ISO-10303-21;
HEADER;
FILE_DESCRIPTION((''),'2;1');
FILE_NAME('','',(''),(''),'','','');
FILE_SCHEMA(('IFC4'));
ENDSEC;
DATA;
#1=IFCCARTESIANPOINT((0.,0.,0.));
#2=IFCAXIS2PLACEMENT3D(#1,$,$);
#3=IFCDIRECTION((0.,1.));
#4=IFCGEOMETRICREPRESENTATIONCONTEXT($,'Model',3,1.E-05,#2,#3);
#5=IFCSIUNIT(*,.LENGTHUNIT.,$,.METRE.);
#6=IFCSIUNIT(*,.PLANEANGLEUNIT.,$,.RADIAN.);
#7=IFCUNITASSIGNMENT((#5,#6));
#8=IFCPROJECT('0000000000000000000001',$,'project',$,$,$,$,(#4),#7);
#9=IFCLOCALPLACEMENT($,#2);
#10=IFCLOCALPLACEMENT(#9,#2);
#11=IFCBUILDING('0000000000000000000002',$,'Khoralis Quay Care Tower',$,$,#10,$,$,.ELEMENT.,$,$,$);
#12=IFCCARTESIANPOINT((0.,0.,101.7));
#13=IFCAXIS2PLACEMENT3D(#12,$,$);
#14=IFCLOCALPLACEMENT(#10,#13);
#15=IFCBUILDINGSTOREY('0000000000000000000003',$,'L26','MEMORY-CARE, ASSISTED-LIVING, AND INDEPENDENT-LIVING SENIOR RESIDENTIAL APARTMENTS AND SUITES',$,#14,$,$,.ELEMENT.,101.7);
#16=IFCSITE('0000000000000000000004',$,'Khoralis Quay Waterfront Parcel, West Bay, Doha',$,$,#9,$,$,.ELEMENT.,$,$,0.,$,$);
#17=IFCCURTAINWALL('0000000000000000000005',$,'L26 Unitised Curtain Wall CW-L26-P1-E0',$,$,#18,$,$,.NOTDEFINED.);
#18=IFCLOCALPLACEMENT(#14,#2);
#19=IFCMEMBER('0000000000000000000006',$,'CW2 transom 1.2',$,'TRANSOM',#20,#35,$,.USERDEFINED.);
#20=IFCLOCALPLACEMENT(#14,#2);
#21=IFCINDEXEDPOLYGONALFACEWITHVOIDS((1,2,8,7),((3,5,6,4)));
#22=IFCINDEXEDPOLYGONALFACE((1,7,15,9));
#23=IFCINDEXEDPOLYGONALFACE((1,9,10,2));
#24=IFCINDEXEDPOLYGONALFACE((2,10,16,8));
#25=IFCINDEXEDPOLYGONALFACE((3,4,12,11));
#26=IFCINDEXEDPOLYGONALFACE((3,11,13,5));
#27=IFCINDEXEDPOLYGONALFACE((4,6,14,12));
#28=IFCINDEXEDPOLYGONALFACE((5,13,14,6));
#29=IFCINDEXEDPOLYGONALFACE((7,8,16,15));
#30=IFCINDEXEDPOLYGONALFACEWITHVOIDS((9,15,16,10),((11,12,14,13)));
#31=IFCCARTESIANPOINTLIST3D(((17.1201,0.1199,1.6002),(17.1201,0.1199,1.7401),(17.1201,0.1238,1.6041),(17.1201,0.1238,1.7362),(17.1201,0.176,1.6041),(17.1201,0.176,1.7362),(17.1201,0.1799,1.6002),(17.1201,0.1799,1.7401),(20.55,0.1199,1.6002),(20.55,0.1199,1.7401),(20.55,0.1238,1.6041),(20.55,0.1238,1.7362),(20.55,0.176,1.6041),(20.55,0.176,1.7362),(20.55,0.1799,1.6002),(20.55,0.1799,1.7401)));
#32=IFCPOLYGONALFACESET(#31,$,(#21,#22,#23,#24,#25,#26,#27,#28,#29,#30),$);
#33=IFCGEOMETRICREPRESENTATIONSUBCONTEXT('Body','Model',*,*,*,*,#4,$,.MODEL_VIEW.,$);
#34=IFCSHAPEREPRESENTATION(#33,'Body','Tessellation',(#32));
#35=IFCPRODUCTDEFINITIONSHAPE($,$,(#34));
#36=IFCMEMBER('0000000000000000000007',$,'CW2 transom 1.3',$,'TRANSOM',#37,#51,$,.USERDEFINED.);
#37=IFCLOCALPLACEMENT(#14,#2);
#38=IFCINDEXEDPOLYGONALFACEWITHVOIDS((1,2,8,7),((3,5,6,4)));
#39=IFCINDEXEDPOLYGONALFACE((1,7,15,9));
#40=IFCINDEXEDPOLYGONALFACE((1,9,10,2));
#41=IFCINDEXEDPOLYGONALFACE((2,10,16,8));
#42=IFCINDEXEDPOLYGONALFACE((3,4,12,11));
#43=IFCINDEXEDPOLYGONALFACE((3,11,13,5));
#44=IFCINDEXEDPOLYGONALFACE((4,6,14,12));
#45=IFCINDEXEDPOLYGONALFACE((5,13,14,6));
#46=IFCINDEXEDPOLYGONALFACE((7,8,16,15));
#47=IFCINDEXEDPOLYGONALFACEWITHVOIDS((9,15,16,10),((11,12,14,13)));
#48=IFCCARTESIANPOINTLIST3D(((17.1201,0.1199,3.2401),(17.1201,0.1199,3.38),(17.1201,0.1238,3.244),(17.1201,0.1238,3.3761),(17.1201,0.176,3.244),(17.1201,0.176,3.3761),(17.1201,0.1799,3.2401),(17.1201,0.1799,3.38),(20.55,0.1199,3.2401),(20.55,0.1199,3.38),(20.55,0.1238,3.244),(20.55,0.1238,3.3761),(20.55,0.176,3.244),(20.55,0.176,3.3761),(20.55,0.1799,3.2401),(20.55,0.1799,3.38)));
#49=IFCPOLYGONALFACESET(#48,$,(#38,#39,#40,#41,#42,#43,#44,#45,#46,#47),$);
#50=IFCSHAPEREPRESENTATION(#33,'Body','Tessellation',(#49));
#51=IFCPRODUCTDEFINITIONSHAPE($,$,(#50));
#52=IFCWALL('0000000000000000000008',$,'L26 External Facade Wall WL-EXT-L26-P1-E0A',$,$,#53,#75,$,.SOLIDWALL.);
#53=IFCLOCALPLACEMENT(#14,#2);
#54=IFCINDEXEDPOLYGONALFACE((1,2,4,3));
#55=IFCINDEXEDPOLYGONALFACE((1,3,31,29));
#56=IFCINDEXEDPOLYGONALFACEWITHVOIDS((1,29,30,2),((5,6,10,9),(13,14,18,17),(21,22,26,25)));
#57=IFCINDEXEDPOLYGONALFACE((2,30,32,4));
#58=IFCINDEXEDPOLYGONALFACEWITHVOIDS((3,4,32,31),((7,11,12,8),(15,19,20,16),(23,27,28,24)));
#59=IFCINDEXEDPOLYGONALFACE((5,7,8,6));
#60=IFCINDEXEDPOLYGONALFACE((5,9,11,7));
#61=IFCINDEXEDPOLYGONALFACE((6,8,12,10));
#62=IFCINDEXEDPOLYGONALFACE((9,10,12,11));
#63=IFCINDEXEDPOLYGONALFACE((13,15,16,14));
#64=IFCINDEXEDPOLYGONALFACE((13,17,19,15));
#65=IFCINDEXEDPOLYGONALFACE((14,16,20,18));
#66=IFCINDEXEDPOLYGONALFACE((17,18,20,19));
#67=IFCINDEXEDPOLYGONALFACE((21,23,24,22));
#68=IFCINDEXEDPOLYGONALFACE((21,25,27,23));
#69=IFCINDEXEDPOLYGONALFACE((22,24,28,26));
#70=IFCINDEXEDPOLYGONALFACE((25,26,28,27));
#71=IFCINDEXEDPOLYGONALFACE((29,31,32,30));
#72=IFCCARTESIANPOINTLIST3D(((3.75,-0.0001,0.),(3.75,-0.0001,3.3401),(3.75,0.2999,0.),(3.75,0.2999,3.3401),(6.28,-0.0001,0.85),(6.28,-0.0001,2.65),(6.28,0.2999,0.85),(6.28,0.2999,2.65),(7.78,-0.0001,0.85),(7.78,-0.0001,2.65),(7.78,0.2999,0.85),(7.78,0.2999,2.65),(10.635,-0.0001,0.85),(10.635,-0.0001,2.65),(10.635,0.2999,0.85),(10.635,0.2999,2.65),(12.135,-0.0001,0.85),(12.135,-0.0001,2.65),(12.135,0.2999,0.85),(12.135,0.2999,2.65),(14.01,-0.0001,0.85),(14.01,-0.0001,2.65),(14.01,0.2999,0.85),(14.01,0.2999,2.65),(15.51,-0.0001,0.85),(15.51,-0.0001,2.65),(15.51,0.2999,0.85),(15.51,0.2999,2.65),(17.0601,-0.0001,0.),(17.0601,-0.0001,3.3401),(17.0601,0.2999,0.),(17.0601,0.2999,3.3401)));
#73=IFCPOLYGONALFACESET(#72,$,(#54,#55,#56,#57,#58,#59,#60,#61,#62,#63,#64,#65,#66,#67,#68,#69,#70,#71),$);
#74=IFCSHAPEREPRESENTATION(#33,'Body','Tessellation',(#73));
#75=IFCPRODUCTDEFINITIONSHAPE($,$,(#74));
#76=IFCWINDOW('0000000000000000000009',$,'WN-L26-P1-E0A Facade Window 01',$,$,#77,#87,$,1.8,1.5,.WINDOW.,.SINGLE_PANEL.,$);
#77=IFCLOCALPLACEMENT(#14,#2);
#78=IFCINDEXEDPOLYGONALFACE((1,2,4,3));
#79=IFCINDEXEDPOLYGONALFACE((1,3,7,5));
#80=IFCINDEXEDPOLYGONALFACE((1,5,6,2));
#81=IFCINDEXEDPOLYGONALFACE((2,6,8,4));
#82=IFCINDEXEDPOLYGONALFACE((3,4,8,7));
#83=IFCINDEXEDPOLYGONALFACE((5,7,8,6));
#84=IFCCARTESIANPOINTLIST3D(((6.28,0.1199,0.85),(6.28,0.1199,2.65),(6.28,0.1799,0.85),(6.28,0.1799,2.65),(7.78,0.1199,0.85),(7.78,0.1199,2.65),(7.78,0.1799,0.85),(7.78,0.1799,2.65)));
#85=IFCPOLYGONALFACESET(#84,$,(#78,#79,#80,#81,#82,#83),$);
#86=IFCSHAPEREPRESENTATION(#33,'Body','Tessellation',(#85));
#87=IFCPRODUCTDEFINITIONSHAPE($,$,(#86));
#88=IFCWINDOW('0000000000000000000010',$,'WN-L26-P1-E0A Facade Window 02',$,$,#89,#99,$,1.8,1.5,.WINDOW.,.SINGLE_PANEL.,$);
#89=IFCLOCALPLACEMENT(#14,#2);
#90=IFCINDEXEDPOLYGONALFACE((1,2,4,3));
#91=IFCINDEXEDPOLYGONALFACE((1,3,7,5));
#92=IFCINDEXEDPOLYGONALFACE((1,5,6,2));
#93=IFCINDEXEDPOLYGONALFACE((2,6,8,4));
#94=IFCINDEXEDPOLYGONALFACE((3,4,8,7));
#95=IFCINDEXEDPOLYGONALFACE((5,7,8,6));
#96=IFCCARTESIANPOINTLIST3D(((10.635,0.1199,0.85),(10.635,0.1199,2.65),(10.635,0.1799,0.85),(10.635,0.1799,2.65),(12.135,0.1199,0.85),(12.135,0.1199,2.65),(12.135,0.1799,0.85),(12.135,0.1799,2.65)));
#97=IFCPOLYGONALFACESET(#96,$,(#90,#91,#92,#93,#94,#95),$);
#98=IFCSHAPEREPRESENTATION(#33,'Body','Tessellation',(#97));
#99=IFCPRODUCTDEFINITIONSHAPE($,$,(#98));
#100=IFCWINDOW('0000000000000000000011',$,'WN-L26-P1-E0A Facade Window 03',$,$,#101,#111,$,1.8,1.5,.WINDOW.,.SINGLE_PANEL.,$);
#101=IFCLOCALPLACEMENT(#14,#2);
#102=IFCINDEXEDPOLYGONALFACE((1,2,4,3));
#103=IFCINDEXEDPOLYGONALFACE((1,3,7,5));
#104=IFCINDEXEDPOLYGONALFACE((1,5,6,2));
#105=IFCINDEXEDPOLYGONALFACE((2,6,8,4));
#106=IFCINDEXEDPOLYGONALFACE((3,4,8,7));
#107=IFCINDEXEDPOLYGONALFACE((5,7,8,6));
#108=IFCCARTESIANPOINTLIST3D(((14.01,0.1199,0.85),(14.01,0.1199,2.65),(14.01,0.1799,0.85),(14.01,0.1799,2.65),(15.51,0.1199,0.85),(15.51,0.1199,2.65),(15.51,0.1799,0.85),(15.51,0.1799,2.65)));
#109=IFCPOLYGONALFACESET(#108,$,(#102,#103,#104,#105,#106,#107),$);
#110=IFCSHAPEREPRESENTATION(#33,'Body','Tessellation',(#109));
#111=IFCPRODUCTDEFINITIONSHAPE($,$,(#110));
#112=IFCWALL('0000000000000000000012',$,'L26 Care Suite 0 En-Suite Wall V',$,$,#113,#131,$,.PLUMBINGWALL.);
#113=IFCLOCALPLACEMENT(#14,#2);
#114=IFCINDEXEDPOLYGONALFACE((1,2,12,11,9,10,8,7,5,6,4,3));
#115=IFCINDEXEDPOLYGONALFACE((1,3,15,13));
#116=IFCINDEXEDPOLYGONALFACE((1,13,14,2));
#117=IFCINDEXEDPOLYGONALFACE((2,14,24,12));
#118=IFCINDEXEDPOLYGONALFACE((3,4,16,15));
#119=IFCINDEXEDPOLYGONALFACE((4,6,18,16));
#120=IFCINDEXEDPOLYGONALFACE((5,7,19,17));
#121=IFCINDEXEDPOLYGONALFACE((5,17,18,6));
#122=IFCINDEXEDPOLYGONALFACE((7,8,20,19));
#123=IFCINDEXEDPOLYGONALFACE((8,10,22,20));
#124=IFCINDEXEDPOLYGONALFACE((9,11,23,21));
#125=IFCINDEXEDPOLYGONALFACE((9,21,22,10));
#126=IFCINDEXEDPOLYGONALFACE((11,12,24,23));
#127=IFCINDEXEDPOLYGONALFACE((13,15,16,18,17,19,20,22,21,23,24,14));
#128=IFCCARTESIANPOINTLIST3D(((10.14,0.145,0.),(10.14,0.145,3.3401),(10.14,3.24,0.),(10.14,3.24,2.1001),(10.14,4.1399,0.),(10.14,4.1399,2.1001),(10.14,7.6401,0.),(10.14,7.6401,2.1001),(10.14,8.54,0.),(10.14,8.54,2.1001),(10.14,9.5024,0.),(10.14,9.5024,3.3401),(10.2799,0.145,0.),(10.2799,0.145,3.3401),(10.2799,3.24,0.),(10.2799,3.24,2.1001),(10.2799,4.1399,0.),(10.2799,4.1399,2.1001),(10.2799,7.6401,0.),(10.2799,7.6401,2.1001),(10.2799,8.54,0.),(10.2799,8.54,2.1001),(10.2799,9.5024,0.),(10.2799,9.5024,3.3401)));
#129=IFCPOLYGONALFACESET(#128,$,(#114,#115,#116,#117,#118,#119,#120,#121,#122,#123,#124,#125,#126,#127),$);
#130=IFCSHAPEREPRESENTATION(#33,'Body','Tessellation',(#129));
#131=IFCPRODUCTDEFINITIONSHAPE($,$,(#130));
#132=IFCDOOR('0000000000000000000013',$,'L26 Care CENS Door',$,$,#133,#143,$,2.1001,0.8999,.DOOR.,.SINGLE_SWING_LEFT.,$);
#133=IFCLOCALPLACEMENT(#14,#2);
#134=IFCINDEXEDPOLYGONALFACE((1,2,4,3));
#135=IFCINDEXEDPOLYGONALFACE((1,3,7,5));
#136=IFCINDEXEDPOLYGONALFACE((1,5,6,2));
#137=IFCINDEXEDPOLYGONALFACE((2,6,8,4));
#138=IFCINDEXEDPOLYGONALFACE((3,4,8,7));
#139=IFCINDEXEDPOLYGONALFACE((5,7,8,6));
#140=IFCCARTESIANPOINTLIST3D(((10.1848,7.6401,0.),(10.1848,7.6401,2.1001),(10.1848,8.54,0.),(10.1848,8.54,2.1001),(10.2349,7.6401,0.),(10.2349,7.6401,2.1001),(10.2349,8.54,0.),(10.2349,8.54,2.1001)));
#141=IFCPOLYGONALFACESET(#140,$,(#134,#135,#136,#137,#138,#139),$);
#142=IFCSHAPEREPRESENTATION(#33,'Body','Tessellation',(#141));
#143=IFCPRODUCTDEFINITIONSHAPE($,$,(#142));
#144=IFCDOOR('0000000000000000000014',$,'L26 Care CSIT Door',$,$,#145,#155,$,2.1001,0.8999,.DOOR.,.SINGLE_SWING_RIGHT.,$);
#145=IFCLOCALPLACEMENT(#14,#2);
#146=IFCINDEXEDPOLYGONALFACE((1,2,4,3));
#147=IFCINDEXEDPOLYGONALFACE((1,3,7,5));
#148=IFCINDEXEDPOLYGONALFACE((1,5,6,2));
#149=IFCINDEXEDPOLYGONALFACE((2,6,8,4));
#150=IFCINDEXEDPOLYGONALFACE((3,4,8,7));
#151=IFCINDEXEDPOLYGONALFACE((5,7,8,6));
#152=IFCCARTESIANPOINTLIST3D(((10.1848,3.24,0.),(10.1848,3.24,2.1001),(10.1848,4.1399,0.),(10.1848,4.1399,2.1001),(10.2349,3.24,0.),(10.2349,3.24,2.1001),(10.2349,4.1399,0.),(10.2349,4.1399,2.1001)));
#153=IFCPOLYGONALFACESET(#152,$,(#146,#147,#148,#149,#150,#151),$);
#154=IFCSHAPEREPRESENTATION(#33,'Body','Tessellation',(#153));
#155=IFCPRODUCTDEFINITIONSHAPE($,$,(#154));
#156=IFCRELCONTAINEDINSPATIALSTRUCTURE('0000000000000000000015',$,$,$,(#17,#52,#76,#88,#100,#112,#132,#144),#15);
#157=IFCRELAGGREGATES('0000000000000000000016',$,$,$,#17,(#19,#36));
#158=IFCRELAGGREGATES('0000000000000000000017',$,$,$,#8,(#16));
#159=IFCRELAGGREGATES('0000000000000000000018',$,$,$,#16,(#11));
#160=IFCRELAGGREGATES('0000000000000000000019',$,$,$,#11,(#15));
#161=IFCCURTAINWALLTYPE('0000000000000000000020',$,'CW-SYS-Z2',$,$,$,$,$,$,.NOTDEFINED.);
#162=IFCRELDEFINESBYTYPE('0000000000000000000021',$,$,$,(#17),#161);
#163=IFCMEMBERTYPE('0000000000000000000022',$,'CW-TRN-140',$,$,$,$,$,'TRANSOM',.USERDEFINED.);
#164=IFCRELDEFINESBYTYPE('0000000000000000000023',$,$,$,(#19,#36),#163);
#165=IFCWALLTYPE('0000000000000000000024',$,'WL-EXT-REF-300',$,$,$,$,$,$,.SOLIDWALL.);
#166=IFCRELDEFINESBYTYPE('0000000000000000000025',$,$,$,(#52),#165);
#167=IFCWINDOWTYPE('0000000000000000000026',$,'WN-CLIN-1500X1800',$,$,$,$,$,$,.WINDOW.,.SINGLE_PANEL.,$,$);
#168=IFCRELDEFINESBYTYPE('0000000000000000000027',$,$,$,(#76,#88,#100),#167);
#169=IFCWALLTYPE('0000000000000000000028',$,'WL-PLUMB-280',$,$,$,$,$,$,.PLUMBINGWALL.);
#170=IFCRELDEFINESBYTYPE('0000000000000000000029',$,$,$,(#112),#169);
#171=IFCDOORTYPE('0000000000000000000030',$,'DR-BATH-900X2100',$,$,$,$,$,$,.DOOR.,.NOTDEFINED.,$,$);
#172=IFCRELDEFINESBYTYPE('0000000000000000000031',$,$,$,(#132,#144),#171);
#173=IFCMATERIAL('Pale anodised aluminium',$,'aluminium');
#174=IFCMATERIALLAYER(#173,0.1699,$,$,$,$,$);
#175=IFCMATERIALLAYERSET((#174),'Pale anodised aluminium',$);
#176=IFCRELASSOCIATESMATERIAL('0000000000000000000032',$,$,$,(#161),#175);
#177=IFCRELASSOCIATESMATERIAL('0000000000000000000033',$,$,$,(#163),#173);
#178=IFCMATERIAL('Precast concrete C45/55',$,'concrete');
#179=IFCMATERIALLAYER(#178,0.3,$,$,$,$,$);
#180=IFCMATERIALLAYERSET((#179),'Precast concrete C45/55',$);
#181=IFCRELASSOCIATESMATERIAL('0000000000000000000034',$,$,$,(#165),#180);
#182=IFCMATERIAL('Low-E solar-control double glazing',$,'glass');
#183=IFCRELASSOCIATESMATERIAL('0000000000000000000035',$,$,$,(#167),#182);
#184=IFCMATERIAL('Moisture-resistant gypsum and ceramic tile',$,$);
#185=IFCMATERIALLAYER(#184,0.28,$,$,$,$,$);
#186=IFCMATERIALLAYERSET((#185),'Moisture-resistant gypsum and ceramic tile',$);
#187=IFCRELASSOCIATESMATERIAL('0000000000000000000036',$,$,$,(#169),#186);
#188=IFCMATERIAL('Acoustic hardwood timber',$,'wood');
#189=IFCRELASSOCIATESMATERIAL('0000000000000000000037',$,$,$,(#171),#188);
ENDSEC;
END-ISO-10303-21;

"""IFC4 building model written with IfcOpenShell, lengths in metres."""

from ifc_helpers import new_model, si_unit, direction, frame, frame_2d, origin, origin_2d, place, context, subcontext, project, spatial, rectangle, hollow_rectangle, extrude, source, transform, mapped, material, layer, layer_set, material_profile, profile_set, type_object, element, fill, aggregate, save


model = new_model("IFC4")

# Units and contexts
model_context = context("Model", 3, precision=1e-05, world=origin(), true_north=direction((0.0, 1.0)))
body_context = subcontext(model_context, "Body", "Model", "MODEL_VIEW")
ifc_project = project(units=[si_unit("LENGTHUNIT", "METRE"), si_unit("PLANEANGLEUNIT", "RADIAN")], contexts=[model_context])

# Site, building, storey
site_placement = place(None, origin())
site = spatial("IfcSite", under=ifc_project, at=site_placement, Name="Khoralis Quay Waterfront Parcel, West Bay, Doha", CompositionType="ELEMENT", RefElevation=0.0)
building_placement = place(site_placement, origin())
building = spatial("IfcBuilding", under=site, at=building_placement, Name="Khoralis Quay Care Tower", CompositionType="ELEMENT")
storey_placement = place(building_placement, frame((0.0, 0.0, 101.7)))
storey = spatial("IfcBuildingStorey", under=building, at=storey_placement, Name="L26", Description="MEMORY-CARE, ASSISTED-LIVING, AND INDEPENDENT-LIVING SENIOR RESIDENTIAL APARTMENTS AND SUITES", CompositionType="ELEMENT", Elevation=101.7)

# Curtain wall, members
ifc_material_1 = material(Name="Pale anodised aluminium", Category="aluminium")
ifc_layer_1 = layer(ifc_material_1, 0.1699)
ifc_layer_set_1 = layer_set([ifc_layer_1], Name="Pale anodised aluminium")
curtain_wall_type = type_object("IfcCurtainWallType", Name="CW-SYS-Z2", PredefinedType="NOTDEFINED", material=ifc_layer_set_1)
curtain_wall_placement = place(storey_placement, origin())
curtain_wall = element("IfcCurtainWall", 1, at=curtain_wall_placement, inside=storey, type_object=curtain_wall_type, Name="L26 Unitised Curtain Wall CW-L26-P1-E0", PredefinedType="NOTDEFINED")
ifc_material_profile_1 = material_profile(ifc_material_1, hollow_rectangle(XDim=0.0601, YDim=0.1399, WallThickness=0.0039, at=origin_2d()), Name="Pale anodised aluminium")
ifc_profile_set_1 = profile_set([ifc_material_profile_1], Name="Pale anodised aluminium")
member_type_1 = type_object("IfcMemberType", Name="CW-TRN-140", ElementType="TRANSOM", PredefinedType="USERDEFINED", material=ifc_profile_set_1)
shared_shape_1 = source(origin(), body_context, "Body", "SweptSolid", [
    extrude(hollow_rectangle(XDim=0.0601, YDim=0.1399, WallThickness=0.0039, at=origin_2d()), origin(), (0.0, 0.0, 1.0), 3.4299),
])
member_1_placement = place(storey_placement, frame((17.1201, 0.1499, 1.6702), z_axis=(1.0, 0.0, 0.0), x_axis=(0.0, 1.0, 0.0)))
member_1 = element("IfcMember", 2, at=member_1_placement, type_object=member_type_1, Name="CW2 transom 1.2", ObjectType="TRANSOM", PredefinedType="USERDEFINED", context=body_context, shape_type="MappedRepresentation", body=[
    mapped(shared_shape_1, transform((0.0, 0.0, 0.0), scale=1.0)),
])
member_2_placement = place(storey_placement, frame((17.1201, 0.1499, 3.3101), z_axis=(1.0, 0.0, 0.0), x_axis=(0.0, 1.0, 0.0)))
member_2 = element("IfcMember", 3, at=member_2_placement, type_object=member_type_1, Name="CW2 transom 1.3", ObjectType="TRANSOM", PredefinedType="USERDEFINED", context=body_context, shape_type="MappedRepresentation", body=[
    mapped(shared_shape_1, transform((0.0, 0.0, 0.0), scale=1.0)),
])
aggregate(curtain_wall, [member_1, member_2])

# Wall, openings, windows
ifc_material_2 = material(Name="Precast concrete C45/55", Category="concrete")
ifc_layer_2 = layer(ifc_material_2, 0.3)
ifc_layer_set_2 = layer_set([ifc_layer_2], Name="Precast concrete C45/55")
wall_type_1 = type_object("IfcWallType", Name="WL-EXT-REF-300", PredefinedType="SOLIDWALL", material=ifc_layer_set_2)
wall_1_placement = place(storey_placement, frame((3.75, 0.1499, 0.0), z_axis=(0.0, 0.0, 1.0), x_axis=(1.0, 0.0, 0.0)))
wall_1 = element("IfcWall", 4, at=wall_1_placement, inside=storey, type_object=wall_type_1, Name="L26 External Facade Wall WL-EXT-L26-P1-E0A", PredefinedType="SOLIDWALL", context=body_context, shape_type="SweptSolid", body=[
    extrude(rectangle(XDim=13.3101, YDim=0.3, at=frame_2d((6.655, 0.0))), origin(), (0.0, 0.0, 1.0), 3.3401),
])
opening_1_placement = place(wall_1_placement, frame((2.53, 0.0, 0.8501)))
opening_1 = element("IfcOpeningElement", 5, at=opening_1_placement, cuts=wall_1, PredefinedType="OPENING", context=body_context, shape_type="SweptSolid", body=[
    extrude(rectangle(XDim=1.5, YDim=1.8, at=frame_2d((0.75, 0.8999))), frame((0.0, 0.1602, 0.0), z_axis=(0.0, -1.0, 0.0), x_axis=(1.0, 0.0, 0.0)), (0.0, 0.0, 1.0), 0.3201),
])
opening_2_placement = place(wall_1_placement, frame((6.885, 0.0, 0.8501)))
opening_2 = element("IfcOpeningElement", 6, at=opening_2_placement, cuts=wall_1, PredefinedType="OPENING", context=body_context, shape_type="SweptSolid", body=[
    extrude(rectangle(XDim=1.5, YDim=1.8, at=frame_2d((0.75, 0.8999))), frame((0.0, 0.1602, 0.0), z_axis=(0.0, -1.0, 0.0), x_axis=(1.0, 0.0, 0.0)), (0.0, 0.0, 1.0), 0.3201),
])
opening_3_placement = place(wall_1_placement, frame((10.26, 0.0, 0.8501)))
opening_3 = element("IfcOpeningElement", 7, at=opening_3_placement, cuts=wall_1, PredefinedType="OPENING", context=body_context, shape_type="SweptSolid", body=[
    extrude(rectangle(XDim=1.5, YDim=1.8, at=frame_2d((0.75, 0.8999))), frame((0.0, 0.1602, 0.0), z_axis=(0.0, -1.0, 0.0), x_axis=(1.0, 0.0, 0.0)), (0.0, 0.0, 1.0), 0.3201),
])
ifc_material_3 = material(Name="Low-E solar-control double glazing", Category="glass")
window_type = type_object("IfcWindowType", Name="WN-CLIN-1500X1800", PartitioningType="SINGLE_PANEL", PredefinedType="WINDOW", material=ifc_material_3)
shared_shape_2 = source(origin(), body_context, "Body", "SweptSolid", [
    extrude(rectangle(XDim=1.5, YDim=1.8, at=frame_2d((0.75, 0.8999))), frame((0.0, 0.03, 0.0), z_axis=(0.0, -1.0, 0.0), x_axis=(1.0, 0.0, 0.0)), (0.0, 0.0, 1.0), 0.0601),
])
window_1_placement = place(opening_1_placement, origin())
window_1 = element("IfcWindow", 8, at=window_1_placement, inside=storey, type_object=window_type, Name="WN-L26-P1-E0A Facade Window 01", OverallHeight=1.8, OverallWidth=1.5, PartitioningType="SINGLE_PANEL", PredefinedType="WINDOW", context=body_context, shape_type="MappedRepresentation", body=[
    mapped(shared_shape_2, transform((0.0, 0.0, 0.0), scale=1.0)),
])
fill(opening_1, window_1)
window_2_placement = place(opening_2_placement, origin())
window_2 = element("IfcWindow", 9, at=window_2_placement, inside=storey, type_object=window_type, Name="WN-L26-P1-E0A Facade Window 02", OverallHeight=1.8, OverallWidth=1.5, PartitioningType="SINGLE_PANEL", PredefinedType="WINDOW", context=body_context, shape_type="MappedRepresentation", body=[
    mapped(shared_shape_2, transform((0.0, 0.0, 0.0), scale=1.0)),
])
fill(opening_2, window_2)
window_3_placement = place(opening_3_placement, origin())
window_3 = element("IfcWindow", 10, at=window_3_placement, inside=storey, type_object=window_type, Name="WN-L26-P1-E0A Facade Window 03", OverallHeight=1.8, OverallWidth=1.5, PartitioningType="SINGLE_PANEL", PredefinedType="WINDOW", context=body_context, shape_type="MappedRepresentation", body=[
    mapped(shared_shape_2, transform((0.0, 0.0, 0.0), scale=1.0)),
])
fill(opening_3, window_3)

# Wall, openings, doors
ifc_material_4 = material(Name="Moisture-resistant gypsum and ceramic tile")
ifc_layer_3 = layer(ifc_material_4, 0.28)
ifc_layer_set_3 = layer_set([ifc_layer_3], Name="Moisture-resistant gypsum and ceramic tile")
wall_type_2 = type_object("IfcWallType", Name="WL-PLUMB-280", PredefinedType="PLUMBINGWALL", material=ifc_layer_set_3)
wall_2_placement = place(storey_placement, frame((10.21, 0.145, 0.0), z_axis=(0.0, 0.0, 1.0), x_axis=(0.0, 1.0, 0.0)))
wall_2 = element("IfcWall", 11, at=wall_2_placement, inside=storey, type_object=wall_type_2, Name="L26 Care Suite 0 En-Suite Wall V", PredefinedType="PLUMBINGWALL", context=body_context, shape_type="SweptSolid", body=[
    extrude(rectangle(XDim=9.3574, YDim=0.1399, at=frame_2d((4.6787, 0.0))), origin(), (0.0, 0.0, 1.0), 3.3401),
])
opening_4_placement = place(wall_2_placement, frame((7.4951, 0.0, 0.0)))
opening_4 = element("IfcOpeningElement", 12, at=opening_4_placement, cuts=wall_2, PredefinedType="OPENING", context=body_context, shape_type="SweptSolid", body=[
    extrude(rectangle(XDim=0.8999, YDim=2.1001, at=frame_2d((0.45, 1.05))), frame((0.0, 0.0801, 0.0), z_axis=(0.0, -1.0, 0.0), x_axis=(1.0, 0.0, 0.0)), (0.0, 0.0, 1.0), 0.1599),
])
opening_5_placement = place(wall_2_placement, frame((3.095, 0.0, 0.0)))
opening_5 = element("IfcOpeningElement", 13, at=opening_5_placement, cuts=wall_2, PredefinedType="OPENING", context=body_context, shape_type="SweptSolid", body=[
    extrude(rectangle(XDim=0.8999, YDim=2.1001, at=frame_2d((0.45, 1.05))), frame((0.0, 0.0801, 0.0), z_axis=(0.0, -1.0, 0.0), x_axis=(1.0, 0.0, 0.0)), (0.0, 0.0, 1.0), 0.1599),
])
ifc_material_5 = material(Name="Acoustic hardwood timber", Category="wood")
door_type = type_object("IfcDoorType", Name="DR-BATH-900X2100", OperationType="NOTDEFINED", PredefinedType="DOOR", material=ifc_material_5)
shared_shape_3 = source(origin(), body_context, "Body", "SweptSolid", [
    extrude(rectangle(XDim=0.8999, YDim=2.1001, at=frame_2d((0.45, 1.05))), frame((0.0, 0.0249, 0.0), z_axis=(0.0, -1.0, 0.0), x_axis=(1.0, 0.0, 0.0)), (0.0, 0.0, 1.0), 0.05),
])
door_1_placement = place(opening_4_placement, frame((0.8999, 0.0, 0.0), z_axis=(0.0, 0.0, 1.0), x_axis=(-1.0, 0.0, 0.0)))
door_1 = element("IfcDoor", 14, at=door_1_placement, inside=storey, type_object=door_type, Name="L26 Care CENS Door", OperationType="SINGLE_SWING_LEFT", OverallHeight=2.1001, OverallWidth=0.8999, PredefinedType="DOOR", context=body_context, shape_type="MappedRepresentation", body=[
    mapped(shared_shape_3, transform((0.0, 0.0, 0.0), scale=1.0)),
])
fill(opening_4, door_1)
door_2_placement = place(opening_5_placement, frame((0.8999, 0.0, 0.0), z_axis=(0.0, 0.0, 1.0), x_axis=(-1.0, 0.0, 0.0)))
door_2 = element("IfcDoor", 15, at=door_2_placement, inside=storey, type_object=door_type, Name="L26 Care CSIT Door", OperationType="SINGLE_SWING_RIGHT", OverallHeight=2.1001, OverallWidth=0.8999, PredefinedType="DOOR", context=body_context, shape_type="MappedRepresentation", body=[
    mapped(shared_shape_3, transform((0.0, 0.0, 0.0), scale=1.0)),
])
fill(opening_5, door_2)

save(model, "model.ifc")
